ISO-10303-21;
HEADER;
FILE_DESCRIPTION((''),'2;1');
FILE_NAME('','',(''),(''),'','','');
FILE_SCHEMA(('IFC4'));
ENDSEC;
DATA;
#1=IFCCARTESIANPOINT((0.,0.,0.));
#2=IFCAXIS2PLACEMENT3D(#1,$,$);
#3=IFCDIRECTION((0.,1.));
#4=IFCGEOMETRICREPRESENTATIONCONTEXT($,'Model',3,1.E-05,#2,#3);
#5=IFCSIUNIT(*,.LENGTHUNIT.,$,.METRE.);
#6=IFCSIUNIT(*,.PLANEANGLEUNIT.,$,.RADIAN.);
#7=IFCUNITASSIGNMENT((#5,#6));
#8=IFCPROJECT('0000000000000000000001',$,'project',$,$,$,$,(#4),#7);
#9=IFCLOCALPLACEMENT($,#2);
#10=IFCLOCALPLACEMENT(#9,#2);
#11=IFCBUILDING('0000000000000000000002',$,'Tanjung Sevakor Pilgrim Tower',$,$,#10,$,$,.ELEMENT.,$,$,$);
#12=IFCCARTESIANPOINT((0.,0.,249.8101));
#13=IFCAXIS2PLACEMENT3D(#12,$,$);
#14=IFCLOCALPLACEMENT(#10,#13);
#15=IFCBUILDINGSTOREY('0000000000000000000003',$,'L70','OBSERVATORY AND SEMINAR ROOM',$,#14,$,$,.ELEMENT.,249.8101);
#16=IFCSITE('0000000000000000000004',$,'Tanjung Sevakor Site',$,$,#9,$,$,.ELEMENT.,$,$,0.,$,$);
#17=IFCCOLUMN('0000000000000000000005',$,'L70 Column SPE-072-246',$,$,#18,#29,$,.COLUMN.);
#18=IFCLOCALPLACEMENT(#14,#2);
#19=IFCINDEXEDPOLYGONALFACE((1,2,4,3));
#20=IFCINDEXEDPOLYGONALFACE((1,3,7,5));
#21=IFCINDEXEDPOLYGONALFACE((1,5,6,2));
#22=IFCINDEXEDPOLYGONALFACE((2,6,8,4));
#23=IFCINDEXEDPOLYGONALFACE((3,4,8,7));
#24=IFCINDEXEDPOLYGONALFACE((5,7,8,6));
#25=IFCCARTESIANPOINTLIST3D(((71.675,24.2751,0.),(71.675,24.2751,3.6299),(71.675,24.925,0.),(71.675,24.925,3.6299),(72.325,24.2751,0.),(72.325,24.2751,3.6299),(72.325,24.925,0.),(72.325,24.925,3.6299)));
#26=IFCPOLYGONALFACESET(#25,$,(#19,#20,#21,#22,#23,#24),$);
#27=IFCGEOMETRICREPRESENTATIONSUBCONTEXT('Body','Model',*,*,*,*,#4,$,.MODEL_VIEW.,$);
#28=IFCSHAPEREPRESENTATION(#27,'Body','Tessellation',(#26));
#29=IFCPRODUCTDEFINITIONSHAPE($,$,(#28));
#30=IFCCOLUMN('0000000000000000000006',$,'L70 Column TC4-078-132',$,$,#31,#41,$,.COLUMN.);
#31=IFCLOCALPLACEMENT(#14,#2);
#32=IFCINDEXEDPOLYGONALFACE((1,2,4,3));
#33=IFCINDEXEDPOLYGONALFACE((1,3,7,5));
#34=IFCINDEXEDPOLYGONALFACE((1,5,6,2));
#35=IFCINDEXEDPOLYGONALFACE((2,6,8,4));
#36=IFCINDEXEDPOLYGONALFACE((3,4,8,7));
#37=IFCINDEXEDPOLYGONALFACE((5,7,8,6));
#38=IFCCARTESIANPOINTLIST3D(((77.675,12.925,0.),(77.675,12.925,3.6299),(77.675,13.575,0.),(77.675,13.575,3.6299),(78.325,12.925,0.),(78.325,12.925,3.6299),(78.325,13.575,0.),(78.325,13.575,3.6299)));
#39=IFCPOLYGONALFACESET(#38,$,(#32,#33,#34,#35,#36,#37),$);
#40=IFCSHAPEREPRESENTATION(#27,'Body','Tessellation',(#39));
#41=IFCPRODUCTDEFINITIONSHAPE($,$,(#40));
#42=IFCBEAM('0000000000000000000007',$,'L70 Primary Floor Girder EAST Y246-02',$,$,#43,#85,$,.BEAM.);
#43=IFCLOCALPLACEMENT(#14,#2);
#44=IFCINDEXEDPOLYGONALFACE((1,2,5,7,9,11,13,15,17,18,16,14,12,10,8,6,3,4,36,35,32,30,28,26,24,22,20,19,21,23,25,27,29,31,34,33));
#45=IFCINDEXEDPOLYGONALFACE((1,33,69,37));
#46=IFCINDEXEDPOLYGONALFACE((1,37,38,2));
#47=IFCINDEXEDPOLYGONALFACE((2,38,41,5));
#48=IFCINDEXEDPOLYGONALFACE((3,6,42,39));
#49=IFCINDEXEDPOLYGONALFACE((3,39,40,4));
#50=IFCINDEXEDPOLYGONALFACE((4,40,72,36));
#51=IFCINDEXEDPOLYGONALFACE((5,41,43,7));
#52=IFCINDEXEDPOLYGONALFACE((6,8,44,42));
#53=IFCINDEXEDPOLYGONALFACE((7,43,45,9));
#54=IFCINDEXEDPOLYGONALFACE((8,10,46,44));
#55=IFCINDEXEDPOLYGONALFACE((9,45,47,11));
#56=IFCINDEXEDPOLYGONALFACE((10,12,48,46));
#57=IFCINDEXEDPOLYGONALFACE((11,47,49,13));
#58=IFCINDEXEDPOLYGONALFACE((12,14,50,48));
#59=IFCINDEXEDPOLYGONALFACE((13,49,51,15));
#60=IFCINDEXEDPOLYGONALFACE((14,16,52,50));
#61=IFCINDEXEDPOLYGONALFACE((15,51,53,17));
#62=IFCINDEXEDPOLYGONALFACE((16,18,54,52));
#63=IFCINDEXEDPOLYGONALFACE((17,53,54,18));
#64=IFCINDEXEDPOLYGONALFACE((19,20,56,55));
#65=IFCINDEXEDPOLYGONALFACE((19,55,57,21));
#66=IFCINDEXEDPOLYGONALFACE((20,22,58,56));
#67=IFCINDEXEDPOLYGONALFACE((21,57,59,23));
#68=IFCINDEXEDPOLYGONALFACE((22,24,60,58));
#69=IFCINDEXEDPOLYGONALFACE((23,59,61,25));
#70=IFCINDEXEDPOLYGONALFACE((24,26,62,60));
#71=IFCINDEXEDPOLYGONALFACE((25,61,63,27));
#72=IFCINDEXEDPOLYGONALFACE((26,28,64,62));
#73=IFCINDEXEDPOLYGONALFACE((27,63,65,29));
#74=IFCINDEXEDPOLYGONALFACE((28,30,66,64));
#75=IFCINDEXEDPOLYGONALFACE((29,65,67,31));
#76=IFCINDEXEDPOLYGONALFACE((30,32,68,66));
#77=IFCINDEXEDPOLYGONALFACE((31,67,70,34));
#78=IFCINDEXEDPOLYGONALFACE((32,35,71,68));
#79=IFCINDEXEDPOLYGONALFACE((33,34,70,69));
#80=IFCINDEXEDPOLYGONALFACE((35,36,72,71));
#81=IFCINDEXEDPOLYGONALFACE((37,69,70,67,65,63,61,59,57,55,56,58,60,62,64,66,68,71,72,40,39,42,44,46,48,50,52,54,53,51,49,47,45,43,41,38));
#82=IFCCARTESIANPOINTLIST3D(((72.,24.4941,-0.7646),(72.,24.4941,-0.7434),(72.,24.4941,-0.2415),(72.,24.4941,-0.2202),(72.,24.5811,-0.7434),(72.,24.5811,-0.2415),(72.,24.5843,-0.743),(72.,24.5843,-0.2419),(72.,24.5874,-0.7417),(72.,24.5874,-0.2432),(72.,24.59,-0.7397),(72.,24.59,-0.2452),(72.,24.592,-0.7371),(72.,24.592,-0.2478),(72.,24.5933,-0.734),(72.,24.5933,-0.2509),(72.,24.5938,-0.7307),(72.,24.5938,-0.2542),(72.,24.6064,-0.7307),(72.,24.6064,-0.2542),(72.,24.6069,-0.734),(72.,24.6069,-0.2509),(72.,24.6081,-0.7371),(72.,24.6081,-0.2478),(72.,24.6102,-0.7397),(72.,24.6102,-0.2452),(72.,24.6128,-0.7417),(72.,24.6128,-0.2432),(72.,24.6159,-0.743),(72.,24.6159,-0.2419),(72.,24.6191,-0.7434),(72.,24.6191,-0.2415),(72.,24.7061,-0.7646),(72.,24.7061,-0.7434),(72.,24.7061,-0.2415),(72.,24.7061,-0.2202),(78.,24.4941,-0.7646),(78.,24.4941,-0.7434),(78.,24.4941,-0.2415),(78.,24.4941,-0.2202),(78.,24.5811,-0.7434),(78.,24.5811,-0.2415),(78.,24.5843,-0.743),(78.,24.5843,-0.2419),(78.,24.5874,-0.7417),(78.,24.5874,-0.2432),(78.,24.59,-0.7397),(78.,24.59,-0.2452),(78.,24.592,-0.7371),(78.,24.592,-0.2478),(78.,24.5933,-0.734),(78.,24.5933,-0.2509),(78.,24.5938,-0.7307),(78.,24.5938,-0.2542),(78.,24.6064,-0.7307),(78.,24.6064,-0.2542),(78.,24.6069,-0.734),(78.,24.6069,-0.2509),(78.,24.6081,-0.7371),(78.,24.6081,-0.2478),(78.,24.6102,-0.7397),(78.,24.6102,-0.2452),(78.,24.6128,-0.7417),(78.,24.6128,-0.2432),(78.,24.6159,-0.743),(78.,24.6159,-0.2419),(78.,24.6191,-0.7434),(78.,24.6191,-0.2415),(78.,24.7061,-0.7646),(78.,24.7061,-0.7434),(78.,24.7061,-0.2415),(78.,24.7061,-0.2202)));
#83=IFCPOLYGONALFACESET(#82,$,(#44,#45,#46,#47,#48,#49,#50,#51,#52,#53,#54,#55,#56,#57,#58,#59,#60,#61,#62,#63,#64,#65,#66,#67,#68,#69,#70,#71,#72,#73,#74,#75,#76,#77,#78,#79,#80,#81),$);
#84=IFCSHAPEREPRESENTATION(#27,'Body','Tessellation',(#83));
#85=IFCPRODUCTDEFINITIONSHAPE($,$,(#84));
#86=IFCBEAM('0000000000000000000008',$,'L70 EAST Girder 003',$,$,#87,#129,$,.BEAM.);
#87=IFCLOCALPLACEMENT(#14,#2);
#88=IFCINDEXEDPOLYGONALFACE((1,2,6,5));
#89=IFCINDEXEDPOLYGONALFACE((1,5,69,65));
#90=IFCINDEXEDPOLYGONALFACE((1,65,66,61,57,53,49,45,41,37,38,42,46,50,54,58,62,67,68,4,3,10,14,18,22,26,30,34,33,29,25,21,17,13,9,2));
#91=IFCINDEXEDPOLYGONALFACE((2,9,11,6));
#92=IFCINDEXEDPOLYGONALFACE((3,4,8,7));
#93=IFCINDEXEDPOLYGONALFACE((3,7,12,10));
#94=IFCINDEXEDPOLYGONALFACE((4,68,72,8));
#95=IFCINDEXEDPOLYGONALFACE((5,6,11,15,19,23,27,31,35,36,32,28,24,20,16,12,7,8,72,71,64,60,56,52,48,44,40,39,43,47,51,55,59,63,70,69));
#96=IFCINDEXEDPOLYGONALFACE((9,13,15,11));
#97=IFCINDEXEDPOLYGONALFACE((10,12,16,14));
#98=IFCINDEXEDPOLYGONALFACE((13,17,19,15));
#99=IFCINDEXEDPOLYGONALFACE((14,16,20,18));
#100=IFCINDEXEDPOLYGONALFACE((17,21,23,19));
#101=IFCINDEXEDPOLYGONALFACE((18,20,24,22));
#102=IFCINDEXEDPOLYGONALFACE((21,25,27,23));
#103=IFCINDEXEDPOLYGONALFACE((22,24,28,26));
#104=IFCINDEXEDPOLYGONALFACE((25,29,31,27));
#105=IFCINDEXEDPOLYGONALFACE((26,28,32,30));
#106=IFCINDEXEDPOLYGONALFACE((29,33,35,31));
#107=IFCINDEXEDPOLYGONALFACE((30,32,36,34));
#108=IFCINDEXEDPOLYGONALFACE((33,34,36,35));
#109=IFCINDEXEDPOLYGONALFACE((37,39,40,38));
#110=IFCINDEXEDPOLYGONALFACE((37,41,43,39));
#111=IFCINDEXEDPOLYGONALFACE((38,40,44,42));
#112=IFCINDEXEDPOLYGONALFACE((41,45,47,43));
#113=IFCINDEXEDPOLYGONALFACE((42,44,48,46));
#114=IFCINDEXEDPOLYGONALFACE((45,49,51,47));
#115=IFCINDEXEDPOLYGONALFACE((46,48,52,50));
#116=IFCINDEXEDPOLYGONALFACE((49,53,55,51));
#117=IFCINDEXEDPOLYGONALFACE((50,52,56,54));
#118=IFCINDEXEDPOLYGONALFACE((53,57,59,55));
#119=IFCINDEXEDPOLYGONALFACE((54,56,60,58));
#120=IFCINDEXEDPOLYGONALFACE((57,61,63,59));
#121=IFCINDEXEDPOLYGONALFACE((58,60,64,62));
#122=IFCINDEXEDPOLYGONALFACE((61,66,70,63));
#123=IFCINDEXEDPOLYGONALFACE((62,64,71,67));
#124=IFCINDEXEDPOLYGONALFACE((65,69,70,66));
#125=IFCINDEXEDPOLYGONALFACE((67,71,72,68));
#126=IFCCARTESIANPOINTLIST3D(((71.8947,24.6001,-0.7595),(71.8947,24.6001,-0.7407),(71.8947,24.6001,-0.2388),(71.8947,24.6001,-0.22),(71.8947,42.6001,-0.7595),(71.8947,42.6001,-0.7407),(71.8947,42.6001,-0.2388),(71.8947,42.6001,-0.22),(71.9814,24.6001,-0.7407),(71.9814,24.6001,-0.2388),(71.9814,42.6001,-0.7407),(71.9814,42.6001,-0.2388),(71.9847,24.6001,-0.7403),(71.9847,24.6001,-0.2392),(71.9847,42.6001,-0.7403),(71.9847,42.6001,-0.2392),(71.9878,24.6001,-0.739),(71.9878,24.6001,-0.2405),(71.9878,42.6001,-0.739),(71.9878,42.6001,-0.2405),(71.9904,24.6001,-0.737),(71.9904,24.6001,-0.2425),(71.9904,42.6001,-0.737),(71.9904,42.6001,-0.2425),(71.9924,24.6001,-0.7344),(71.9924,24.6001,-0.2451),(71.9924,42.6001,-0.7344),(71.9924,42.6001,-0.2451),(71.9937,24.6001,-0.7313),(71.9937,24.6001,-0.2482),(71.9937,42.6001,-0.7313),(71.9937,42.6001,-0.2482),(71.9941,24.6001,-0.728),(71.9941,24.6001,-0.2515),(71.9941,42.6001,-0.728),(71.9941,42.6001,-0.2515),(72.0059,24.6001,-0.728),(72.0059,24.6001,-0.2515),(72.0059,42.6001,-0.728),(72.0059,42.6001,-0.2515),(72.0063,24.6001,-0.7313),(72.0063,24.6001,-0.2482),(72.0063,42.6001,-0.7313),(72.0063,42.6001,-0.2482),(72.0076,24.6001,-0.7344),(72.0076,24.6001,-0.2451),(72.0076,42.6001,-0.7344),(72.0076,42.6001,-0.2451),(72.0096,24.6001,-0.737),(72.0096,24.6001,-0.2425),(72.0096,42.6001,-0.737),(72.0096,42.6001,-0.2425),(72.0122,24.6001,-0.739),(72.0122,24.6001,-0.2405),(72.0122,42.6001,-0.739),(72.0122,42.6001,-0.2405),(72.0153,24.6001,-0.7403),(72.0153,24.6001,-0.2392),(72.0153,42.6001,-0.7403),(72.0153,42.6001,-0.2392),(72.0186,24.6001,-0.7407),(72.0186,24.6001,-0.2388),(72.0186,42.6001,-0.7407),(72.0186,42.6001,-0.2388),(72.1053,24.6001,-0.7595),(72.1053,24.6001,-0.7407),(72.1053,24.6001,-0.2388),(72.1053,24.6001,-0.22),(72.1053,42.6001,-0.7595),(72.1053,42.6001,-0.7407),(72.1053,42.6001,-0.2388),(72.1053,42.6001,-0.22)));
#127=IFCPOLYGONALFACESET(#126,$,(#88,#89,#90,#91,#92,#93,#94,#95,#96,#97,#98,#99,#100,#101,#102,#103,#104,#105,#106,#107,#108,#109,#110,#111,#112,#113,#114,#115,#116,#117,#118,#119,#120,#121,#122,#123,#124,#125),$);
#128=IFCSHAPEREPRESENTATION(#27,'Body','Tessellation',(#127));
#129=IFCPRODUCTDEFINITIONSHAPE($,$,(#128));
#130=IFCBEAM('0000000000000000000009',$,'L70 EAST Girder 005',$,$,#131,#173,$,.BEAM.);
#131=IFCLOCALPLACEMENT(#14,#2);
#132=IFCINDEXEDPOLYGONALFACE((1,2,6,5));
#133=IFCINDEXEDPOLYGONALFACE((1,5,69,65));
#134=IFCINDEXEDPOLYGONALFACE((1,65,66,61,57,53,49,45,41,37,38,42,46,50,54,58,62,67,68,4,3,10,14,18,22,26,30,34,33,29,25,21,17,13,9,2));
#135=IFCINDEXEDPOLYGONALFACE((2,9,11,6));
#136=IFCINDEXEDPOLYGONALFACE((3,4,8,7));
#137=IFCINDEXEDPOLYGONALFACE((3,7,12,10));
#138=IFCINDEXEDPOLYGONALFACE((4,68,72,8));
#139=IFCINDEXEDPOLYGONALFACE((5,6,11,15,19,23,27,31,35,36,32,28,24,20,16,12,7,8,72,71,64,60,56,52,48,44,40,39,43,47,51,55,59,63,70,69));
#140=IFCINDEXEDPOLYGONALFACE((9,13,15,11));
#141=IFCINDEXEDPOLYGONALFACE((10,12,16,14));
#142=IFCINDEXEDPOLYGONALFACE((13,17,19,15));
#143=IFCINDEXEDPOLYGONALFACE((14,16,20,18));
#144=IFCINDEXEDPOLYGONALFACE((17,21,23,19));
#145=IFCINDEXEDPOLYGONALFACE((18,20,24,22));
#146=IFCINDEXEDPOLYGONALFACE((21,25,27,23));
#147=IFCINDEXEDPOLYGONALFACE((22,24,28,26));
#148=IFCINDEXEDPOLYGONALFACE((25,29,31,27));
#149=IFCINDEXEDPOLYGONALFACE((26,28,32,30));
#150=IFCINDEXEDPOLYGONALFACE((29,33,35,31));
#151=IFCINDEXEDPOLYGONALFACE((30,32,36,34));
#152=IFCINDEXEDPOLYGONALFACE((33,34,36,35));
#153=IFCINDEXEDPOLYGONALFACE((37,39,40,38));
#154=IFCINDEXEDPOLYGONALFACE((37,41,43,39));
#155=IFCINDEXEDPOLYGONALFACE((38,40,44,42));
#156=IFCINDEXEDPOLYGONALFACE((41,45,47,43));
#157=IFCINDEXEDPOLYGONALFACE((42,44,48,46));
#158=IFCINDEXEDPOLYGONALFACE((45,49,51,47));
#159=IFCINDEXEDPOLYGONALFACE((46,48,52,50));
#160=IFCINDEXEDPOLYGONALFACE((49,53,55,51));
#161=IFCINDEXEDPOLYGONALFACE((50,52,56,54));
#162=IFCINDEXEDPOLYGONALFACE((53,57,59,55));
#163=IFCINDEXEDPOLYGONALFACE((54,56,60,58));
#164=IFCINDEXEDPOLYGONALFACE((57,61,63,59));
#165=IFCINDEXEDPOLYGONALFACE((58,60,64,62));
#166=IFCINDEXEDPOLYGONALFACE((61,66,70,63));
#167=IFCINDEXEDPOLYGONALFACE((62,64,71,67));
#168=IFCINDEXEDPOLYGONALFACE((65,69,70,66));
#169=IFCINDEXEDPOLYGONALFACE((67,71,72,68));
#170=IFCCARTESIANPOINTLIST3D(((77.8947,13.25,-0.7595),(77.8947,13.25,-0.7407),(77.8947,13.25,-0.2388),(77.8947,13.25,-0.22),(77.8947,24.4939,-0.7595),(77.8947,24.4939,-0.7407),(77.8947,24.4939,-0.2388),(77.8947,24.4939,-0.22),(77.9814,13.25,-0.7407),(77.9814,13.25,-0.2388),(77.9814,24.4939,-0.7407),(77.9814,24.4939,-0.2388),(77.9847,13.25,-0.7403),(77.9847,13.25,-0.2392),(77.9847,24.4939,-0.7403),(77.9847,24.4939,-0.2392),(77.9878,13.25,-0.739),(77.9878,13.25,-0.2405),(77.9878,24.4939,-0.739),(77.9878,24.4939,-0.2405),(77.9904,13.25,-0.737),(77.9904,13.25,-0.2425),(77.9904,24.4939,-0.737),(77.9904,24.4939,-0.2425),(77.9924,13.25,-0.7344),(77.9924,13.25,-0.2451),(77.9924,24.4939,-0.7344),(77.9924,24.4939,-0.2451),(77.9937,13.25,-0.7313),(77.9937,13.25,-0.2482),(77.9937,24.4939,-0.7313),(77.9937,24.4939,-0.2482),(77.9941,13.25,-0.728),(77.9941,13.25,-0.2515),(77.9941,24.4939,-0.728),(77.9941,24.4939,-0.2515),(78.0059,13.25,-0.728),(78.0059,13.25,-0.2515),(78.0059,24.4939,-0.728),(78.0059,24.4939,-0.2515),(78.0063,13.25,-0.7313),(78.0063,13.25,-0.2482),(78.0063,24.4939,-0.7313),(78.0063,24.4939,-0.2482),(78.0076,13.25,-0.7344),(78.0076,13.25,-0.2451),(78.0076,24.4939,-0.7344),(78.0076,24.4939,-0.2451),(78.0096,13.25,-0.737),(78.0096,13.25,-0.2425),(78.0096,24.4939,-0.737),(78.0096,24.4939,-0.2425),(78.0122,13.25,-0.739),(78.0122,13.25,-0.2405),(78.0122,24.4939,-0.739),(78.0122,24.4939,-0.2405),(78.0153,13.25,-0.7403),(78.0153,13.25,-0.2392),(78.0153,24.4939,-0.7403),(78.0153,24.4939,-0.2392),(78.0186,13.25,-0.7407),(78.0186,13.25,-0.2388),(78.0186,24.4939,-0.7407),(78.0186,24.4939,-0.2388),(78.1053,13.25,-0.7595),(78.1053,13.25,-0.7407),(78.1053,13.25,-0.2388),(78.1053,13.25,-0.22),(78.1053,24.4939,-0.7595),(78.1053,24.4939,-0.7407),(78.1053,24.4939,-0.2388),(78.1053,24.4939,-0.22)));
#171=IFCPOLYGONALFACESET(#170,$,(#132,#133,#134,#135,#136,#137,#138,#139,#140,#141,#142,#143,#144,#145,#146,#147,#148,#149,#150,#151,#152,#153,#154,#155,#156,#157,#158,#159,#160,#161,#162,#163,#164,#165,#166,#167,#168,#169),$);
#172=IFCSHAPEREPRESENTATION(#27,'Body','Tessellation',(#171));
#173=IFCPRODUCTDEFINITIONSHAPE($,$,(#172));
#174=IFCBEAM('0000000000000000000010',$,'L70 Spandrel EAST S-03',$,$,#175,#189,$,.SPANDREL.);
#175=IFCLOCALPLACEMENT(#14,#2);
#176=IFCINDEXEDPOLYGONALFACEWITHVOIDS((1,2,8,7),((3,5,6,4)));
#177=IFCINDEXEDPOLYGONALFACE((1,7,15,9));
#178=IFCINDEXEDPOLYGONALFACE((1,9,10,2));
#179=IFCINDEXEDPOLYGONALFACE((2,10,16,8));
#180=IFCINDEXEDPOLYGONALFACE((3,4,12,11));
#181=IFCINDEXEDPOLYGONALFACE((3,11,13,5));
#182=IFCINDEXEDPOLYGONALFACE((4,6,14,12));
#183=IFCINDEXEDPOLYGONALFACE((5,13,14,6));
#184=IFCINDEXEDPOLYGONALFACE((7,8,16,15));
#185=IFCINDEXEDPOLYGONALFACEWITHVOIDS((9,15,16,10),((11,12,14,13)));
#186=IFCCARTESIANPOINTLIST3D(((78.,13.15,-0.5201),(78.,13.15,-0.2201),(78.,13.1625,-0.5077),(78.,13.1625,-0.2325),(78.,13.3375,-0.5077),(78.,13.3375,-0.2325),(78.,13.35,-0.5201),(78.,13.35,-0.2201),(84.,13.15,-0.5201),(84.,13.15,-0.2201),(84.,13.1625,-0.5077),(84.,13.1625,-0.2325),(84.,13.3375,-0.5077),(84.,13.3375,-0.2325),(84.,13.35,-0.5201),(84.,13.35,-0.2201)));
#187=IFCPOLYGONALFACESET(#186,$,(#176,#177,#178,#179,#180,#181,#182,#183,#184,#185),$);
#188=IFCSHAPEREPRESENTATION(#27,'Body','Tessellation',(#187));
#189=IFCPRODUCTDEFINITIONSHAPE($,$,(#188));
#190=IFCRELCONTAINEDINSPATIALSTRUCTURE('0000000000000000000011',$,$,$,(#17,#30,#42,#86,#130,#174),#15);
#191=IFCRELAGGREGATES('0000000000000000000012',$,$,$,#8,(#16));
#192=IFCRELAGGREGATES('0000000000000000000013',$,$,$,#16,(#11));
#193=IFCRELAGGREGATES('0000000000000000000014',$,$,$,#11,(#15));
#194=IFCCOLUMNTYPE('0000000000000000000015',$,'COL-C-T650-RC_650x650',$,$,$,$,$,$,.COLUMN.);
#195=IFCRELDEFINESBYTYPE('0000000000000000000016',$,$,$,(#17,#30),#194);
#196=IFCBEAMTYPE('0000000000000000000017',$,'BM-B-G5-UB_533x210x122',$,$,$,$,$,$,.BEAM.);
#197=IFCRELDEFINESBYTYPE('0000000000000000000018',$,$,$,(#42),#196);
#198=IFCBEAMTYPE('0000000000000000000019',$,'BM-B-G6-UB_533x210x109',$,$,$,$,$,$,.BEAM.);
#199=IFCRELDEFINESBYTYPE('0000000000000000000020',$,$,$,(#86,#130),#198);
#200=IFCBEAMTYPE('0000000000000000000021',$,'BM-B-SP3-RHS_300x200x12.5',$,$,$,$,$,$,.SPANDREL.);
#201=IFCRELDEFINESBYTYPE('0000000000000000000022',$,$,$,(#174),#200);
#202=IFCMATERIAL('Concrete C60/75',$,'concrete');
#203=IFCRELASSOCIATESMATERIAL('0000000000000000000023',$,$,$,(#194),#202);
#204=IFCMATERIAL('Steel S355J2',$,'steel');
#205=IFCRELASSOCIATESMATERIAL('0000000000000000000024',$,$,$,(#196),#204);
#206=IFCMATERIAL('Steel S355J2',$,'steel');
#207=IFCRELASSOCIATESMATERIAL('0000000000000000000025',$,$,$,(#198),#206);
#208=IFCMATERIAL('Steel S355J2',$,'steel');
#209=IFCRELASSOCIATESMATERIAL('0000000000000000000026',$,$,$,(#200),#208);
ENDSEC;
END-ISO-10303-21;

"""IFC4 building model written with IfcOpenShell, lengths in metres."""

from ifc_helpers import new_model, si_unit, direction, frame, origin, origin_2d, place, context, subcontext, project, spatial, rectangle, hollow_rectangle, i_section, extrude, material, material_profile, profile_set, type_object, element, save


model = new_model("IFC4")

# Units and contexts
model_context = context("Model", 3, precision=1e-05, world=origin(), true_north=direction((0.0, 1.0)))
body_context = subcontext(model_context, "Body", "Model", "MODEL_VIEW")
ifc_project = project(units=[si_unit("LENGTHUNIT", "METRE"), si_unit("PLANEANGLEUNIT", "RADIAN")], contexts=[model_context])

# Site, building, storey
site_placement = place(None, origin())
site = spatial("IfcSite", under=ifc_project, at=site_placement, Name="Tanjung Sevakor Site", CompositionType="ELEMENT", RefElevation=0.0)
building_placement = place(site_placement, origin())
building = spatial("IfcBuilding", under=site, at=building_placement, Name="Tanjung Sevakor Pilgrim Tower", CompositionType="ELEMENT")
storey_placement = place(building_placement, frame((0.0, 0.0, 249.8101)))
storey = spatial("IfcBuildingStorey", under=building, at=storey_placement, Name="L70", Description="OBSERVATORY AND SEMINAR ROOM", CompositionType="ELEMENT", Elevation=249.8101)

# Columns
ifc_material_1 = material(Name="Concrete C60/75", Category="concrete")
ifc_material_profile_1 = material_profile(ifc_material_1, rectangle(XDim=0.6499, YDim=0.6499, at=origin_2d()))
ifc_profile_set_1 = profile_set([ifc_material_profile_1], Name="Concrete C60/75")
column_type = type_object("IfcColumnType", Name="COL-C-T650-RC_650x650", PredefinedType="COLUMN", material=ifc_profile_set_1)
for number, where, z_axis, x_axis, name in (
    (1, (72.0, 24.6001, 0.0), (0.0, 0.0, 1.0), (1.0, 0.0, 0.0), "L70 Column SPE-072-246"),
    (2, (78.0, 13.25, 0.0), (0.0, 0.0, 1.0), (1.0, 0.0, 0.0), "L70 Column TC4-078-132"),
):
    element("IfcColumn", number, at=place(storey_placement, frame(where, z_axis=z_axis, x_axis=x_axis)), inside=storey, type_object=column_type, Name=name, PredefinedType="COLUMN", context=body_context, shape_type="SweptSolid", body=[
        extrude(rectangle(XDim=0.6499, YDim=0.6499, at=origin_2d()), origin(), (0.0, 0.0, 1.0), 3.6299),
    ])

# Beams
ifc_material_2 = material(Name="Steel S355J2", Category="steel")
ifc_material_profile_2 = material_profile(ifc_material_2, i_section(OverallWidth=0.2119, OverallDepth=0.5444, WebThickness=0.0127, FlangeThickness=0.0212, FilletRadius=0.0127, at=origin_2d()))
ifc_profile_set_2 = profile_set([ifc_material_profile_2], Name="Steel S355J2")
beam_type_1 = type_object("IfcBeamType", Name="BM-B-G5-UB_533x210x122", PredefinedType="BEAM", material=ifc_profile_set_2)
beam_1_placement = place(storey_placement, frame((72.0, 24.6001, -0.4924), z_axis=(1.0, 0.0, 0.0), x_axis=(0.0, 1.0, 0.0)))
element("IfcBeam", 3, at=beam_1_placement, inside=storey, type_object=beam_type_1, Name="L70 Primary Floor Girder EAST Y246-02", PredefinedType="BEAM", context=body_context, shape_type="SweptSolid", body=[
    extrude(i_section(OverallWidth=0.2119, OverallDepth=0.5444, WebThickness=0.0127, FlangeThickness=0.0212, FilletRadius=0.0127, at=origin_2d()), origin(), (0.0, 0.0, 1.0), 6.0),
])
ifc_material_3 = material(Name="Steel S355J2", Category="steel")
ifc_material_profile_3 = material_profile(ifc_material_3, i_section(OverallWidth=0.2107, OverallDepth=0.5396, WebThickness=0.0117, FlangeThickness=0.0188, FilletRadius=0.0127, at=origin_2d()))
ifc_profile_set_3 = profile_set([ifc_material_profile_3], Name="Steel S355J2")
beam_type_2 = type_object("IfcBeamType", Name="BM-B-G6-UB_533x210x109", PredefinedType="BEAM", material=ifc_profile_set_3)
beam_2_placement = place(storey_placement, frame((72.0, 24.6001, -0.4897), z_axis=(0.0, 1.0, 0.0), x_axis=(-1.0, 0.0, 0.0)))
element("IfcBeam", 4, at=beam_2_placement, inside=storey, type_object=beam_type_2, Name="L70 EAST Girder 003", PredefinedType="BEAM", context=body_context, shape_type="SweptSolid", body=[
    extrude(i_section(OverallWidth=0.2107, OverallDepth=0.5396, WebThickness=0.0117, FlangeThickness=0.0188, FilletRadius=0.0127, at=origin_2d()), origin(), (0.0, 0.0, 1.0), 18.0),
])
beam_3_placement = place(storey_placement, frame((78.0, 13.25, -0.4897), z_axis=(0.0, 1.0, 0.0), x_axis=(-1.0, 0.0, 0.0)))
element("IfcBeam", 5, at=beam_3_placement, inside=storey, type_object=beam_type_2, Name="L70 EAST Girder 005", PredefinedType="BEAM", context=body_context, shape_type="SweptSolid", body=[
    extrude(i_section(OverallWidth=0.2107, OverallDepth=0.5396, WebThickness=0.0117, FlangeThickness=0.0188, FilletRadius=0.0127, at=origin_2d()), origin(), (0.0, 0.0, 1.0), 11.2439),
])
ifc_material_4 = material(Name="Steel S355J2", Category="steel")
ifc_material_profile_4 = material_profile(ifc_material_4, hollow_rectangle(XDim=0.2, YDim=0.3, WallThickness=0.0125, at=origin_2d()))
ifc_profile_set_4 = profile_set([ifc_material_profile_4], Name="Steel S355J2")
beam_type_3 = type_object("IfcBeamType", Name="BM-B-SP3-RHS_300x200x12.5", PredefinedType="SPANDREL", material=ifc_profile_set_4)
beam_4_placement = place(storey_placement, frame((78.0, 13.25, -0.3701), z_axis=(1.0, 0.0, 0.0), x_axis=(0.0, 1.0, 0.0)))
element("IfcBeam", 6, at=beam_4_placement, inside=storey, type_object=beam_type_3, Name="L70 Spandrel EAST S-03", PredefinedType="SPANDREL", context=body_context, shape_type="SweptSolid", body=[
    extrude(hollow_rectangle(XDim=0.2, YDim=0.3, WallThickness=0.0125, at=origin_2d()), origin(), (0.0, 0.0, 1.0), 6.0),
])

save(model, "model.ifc")
